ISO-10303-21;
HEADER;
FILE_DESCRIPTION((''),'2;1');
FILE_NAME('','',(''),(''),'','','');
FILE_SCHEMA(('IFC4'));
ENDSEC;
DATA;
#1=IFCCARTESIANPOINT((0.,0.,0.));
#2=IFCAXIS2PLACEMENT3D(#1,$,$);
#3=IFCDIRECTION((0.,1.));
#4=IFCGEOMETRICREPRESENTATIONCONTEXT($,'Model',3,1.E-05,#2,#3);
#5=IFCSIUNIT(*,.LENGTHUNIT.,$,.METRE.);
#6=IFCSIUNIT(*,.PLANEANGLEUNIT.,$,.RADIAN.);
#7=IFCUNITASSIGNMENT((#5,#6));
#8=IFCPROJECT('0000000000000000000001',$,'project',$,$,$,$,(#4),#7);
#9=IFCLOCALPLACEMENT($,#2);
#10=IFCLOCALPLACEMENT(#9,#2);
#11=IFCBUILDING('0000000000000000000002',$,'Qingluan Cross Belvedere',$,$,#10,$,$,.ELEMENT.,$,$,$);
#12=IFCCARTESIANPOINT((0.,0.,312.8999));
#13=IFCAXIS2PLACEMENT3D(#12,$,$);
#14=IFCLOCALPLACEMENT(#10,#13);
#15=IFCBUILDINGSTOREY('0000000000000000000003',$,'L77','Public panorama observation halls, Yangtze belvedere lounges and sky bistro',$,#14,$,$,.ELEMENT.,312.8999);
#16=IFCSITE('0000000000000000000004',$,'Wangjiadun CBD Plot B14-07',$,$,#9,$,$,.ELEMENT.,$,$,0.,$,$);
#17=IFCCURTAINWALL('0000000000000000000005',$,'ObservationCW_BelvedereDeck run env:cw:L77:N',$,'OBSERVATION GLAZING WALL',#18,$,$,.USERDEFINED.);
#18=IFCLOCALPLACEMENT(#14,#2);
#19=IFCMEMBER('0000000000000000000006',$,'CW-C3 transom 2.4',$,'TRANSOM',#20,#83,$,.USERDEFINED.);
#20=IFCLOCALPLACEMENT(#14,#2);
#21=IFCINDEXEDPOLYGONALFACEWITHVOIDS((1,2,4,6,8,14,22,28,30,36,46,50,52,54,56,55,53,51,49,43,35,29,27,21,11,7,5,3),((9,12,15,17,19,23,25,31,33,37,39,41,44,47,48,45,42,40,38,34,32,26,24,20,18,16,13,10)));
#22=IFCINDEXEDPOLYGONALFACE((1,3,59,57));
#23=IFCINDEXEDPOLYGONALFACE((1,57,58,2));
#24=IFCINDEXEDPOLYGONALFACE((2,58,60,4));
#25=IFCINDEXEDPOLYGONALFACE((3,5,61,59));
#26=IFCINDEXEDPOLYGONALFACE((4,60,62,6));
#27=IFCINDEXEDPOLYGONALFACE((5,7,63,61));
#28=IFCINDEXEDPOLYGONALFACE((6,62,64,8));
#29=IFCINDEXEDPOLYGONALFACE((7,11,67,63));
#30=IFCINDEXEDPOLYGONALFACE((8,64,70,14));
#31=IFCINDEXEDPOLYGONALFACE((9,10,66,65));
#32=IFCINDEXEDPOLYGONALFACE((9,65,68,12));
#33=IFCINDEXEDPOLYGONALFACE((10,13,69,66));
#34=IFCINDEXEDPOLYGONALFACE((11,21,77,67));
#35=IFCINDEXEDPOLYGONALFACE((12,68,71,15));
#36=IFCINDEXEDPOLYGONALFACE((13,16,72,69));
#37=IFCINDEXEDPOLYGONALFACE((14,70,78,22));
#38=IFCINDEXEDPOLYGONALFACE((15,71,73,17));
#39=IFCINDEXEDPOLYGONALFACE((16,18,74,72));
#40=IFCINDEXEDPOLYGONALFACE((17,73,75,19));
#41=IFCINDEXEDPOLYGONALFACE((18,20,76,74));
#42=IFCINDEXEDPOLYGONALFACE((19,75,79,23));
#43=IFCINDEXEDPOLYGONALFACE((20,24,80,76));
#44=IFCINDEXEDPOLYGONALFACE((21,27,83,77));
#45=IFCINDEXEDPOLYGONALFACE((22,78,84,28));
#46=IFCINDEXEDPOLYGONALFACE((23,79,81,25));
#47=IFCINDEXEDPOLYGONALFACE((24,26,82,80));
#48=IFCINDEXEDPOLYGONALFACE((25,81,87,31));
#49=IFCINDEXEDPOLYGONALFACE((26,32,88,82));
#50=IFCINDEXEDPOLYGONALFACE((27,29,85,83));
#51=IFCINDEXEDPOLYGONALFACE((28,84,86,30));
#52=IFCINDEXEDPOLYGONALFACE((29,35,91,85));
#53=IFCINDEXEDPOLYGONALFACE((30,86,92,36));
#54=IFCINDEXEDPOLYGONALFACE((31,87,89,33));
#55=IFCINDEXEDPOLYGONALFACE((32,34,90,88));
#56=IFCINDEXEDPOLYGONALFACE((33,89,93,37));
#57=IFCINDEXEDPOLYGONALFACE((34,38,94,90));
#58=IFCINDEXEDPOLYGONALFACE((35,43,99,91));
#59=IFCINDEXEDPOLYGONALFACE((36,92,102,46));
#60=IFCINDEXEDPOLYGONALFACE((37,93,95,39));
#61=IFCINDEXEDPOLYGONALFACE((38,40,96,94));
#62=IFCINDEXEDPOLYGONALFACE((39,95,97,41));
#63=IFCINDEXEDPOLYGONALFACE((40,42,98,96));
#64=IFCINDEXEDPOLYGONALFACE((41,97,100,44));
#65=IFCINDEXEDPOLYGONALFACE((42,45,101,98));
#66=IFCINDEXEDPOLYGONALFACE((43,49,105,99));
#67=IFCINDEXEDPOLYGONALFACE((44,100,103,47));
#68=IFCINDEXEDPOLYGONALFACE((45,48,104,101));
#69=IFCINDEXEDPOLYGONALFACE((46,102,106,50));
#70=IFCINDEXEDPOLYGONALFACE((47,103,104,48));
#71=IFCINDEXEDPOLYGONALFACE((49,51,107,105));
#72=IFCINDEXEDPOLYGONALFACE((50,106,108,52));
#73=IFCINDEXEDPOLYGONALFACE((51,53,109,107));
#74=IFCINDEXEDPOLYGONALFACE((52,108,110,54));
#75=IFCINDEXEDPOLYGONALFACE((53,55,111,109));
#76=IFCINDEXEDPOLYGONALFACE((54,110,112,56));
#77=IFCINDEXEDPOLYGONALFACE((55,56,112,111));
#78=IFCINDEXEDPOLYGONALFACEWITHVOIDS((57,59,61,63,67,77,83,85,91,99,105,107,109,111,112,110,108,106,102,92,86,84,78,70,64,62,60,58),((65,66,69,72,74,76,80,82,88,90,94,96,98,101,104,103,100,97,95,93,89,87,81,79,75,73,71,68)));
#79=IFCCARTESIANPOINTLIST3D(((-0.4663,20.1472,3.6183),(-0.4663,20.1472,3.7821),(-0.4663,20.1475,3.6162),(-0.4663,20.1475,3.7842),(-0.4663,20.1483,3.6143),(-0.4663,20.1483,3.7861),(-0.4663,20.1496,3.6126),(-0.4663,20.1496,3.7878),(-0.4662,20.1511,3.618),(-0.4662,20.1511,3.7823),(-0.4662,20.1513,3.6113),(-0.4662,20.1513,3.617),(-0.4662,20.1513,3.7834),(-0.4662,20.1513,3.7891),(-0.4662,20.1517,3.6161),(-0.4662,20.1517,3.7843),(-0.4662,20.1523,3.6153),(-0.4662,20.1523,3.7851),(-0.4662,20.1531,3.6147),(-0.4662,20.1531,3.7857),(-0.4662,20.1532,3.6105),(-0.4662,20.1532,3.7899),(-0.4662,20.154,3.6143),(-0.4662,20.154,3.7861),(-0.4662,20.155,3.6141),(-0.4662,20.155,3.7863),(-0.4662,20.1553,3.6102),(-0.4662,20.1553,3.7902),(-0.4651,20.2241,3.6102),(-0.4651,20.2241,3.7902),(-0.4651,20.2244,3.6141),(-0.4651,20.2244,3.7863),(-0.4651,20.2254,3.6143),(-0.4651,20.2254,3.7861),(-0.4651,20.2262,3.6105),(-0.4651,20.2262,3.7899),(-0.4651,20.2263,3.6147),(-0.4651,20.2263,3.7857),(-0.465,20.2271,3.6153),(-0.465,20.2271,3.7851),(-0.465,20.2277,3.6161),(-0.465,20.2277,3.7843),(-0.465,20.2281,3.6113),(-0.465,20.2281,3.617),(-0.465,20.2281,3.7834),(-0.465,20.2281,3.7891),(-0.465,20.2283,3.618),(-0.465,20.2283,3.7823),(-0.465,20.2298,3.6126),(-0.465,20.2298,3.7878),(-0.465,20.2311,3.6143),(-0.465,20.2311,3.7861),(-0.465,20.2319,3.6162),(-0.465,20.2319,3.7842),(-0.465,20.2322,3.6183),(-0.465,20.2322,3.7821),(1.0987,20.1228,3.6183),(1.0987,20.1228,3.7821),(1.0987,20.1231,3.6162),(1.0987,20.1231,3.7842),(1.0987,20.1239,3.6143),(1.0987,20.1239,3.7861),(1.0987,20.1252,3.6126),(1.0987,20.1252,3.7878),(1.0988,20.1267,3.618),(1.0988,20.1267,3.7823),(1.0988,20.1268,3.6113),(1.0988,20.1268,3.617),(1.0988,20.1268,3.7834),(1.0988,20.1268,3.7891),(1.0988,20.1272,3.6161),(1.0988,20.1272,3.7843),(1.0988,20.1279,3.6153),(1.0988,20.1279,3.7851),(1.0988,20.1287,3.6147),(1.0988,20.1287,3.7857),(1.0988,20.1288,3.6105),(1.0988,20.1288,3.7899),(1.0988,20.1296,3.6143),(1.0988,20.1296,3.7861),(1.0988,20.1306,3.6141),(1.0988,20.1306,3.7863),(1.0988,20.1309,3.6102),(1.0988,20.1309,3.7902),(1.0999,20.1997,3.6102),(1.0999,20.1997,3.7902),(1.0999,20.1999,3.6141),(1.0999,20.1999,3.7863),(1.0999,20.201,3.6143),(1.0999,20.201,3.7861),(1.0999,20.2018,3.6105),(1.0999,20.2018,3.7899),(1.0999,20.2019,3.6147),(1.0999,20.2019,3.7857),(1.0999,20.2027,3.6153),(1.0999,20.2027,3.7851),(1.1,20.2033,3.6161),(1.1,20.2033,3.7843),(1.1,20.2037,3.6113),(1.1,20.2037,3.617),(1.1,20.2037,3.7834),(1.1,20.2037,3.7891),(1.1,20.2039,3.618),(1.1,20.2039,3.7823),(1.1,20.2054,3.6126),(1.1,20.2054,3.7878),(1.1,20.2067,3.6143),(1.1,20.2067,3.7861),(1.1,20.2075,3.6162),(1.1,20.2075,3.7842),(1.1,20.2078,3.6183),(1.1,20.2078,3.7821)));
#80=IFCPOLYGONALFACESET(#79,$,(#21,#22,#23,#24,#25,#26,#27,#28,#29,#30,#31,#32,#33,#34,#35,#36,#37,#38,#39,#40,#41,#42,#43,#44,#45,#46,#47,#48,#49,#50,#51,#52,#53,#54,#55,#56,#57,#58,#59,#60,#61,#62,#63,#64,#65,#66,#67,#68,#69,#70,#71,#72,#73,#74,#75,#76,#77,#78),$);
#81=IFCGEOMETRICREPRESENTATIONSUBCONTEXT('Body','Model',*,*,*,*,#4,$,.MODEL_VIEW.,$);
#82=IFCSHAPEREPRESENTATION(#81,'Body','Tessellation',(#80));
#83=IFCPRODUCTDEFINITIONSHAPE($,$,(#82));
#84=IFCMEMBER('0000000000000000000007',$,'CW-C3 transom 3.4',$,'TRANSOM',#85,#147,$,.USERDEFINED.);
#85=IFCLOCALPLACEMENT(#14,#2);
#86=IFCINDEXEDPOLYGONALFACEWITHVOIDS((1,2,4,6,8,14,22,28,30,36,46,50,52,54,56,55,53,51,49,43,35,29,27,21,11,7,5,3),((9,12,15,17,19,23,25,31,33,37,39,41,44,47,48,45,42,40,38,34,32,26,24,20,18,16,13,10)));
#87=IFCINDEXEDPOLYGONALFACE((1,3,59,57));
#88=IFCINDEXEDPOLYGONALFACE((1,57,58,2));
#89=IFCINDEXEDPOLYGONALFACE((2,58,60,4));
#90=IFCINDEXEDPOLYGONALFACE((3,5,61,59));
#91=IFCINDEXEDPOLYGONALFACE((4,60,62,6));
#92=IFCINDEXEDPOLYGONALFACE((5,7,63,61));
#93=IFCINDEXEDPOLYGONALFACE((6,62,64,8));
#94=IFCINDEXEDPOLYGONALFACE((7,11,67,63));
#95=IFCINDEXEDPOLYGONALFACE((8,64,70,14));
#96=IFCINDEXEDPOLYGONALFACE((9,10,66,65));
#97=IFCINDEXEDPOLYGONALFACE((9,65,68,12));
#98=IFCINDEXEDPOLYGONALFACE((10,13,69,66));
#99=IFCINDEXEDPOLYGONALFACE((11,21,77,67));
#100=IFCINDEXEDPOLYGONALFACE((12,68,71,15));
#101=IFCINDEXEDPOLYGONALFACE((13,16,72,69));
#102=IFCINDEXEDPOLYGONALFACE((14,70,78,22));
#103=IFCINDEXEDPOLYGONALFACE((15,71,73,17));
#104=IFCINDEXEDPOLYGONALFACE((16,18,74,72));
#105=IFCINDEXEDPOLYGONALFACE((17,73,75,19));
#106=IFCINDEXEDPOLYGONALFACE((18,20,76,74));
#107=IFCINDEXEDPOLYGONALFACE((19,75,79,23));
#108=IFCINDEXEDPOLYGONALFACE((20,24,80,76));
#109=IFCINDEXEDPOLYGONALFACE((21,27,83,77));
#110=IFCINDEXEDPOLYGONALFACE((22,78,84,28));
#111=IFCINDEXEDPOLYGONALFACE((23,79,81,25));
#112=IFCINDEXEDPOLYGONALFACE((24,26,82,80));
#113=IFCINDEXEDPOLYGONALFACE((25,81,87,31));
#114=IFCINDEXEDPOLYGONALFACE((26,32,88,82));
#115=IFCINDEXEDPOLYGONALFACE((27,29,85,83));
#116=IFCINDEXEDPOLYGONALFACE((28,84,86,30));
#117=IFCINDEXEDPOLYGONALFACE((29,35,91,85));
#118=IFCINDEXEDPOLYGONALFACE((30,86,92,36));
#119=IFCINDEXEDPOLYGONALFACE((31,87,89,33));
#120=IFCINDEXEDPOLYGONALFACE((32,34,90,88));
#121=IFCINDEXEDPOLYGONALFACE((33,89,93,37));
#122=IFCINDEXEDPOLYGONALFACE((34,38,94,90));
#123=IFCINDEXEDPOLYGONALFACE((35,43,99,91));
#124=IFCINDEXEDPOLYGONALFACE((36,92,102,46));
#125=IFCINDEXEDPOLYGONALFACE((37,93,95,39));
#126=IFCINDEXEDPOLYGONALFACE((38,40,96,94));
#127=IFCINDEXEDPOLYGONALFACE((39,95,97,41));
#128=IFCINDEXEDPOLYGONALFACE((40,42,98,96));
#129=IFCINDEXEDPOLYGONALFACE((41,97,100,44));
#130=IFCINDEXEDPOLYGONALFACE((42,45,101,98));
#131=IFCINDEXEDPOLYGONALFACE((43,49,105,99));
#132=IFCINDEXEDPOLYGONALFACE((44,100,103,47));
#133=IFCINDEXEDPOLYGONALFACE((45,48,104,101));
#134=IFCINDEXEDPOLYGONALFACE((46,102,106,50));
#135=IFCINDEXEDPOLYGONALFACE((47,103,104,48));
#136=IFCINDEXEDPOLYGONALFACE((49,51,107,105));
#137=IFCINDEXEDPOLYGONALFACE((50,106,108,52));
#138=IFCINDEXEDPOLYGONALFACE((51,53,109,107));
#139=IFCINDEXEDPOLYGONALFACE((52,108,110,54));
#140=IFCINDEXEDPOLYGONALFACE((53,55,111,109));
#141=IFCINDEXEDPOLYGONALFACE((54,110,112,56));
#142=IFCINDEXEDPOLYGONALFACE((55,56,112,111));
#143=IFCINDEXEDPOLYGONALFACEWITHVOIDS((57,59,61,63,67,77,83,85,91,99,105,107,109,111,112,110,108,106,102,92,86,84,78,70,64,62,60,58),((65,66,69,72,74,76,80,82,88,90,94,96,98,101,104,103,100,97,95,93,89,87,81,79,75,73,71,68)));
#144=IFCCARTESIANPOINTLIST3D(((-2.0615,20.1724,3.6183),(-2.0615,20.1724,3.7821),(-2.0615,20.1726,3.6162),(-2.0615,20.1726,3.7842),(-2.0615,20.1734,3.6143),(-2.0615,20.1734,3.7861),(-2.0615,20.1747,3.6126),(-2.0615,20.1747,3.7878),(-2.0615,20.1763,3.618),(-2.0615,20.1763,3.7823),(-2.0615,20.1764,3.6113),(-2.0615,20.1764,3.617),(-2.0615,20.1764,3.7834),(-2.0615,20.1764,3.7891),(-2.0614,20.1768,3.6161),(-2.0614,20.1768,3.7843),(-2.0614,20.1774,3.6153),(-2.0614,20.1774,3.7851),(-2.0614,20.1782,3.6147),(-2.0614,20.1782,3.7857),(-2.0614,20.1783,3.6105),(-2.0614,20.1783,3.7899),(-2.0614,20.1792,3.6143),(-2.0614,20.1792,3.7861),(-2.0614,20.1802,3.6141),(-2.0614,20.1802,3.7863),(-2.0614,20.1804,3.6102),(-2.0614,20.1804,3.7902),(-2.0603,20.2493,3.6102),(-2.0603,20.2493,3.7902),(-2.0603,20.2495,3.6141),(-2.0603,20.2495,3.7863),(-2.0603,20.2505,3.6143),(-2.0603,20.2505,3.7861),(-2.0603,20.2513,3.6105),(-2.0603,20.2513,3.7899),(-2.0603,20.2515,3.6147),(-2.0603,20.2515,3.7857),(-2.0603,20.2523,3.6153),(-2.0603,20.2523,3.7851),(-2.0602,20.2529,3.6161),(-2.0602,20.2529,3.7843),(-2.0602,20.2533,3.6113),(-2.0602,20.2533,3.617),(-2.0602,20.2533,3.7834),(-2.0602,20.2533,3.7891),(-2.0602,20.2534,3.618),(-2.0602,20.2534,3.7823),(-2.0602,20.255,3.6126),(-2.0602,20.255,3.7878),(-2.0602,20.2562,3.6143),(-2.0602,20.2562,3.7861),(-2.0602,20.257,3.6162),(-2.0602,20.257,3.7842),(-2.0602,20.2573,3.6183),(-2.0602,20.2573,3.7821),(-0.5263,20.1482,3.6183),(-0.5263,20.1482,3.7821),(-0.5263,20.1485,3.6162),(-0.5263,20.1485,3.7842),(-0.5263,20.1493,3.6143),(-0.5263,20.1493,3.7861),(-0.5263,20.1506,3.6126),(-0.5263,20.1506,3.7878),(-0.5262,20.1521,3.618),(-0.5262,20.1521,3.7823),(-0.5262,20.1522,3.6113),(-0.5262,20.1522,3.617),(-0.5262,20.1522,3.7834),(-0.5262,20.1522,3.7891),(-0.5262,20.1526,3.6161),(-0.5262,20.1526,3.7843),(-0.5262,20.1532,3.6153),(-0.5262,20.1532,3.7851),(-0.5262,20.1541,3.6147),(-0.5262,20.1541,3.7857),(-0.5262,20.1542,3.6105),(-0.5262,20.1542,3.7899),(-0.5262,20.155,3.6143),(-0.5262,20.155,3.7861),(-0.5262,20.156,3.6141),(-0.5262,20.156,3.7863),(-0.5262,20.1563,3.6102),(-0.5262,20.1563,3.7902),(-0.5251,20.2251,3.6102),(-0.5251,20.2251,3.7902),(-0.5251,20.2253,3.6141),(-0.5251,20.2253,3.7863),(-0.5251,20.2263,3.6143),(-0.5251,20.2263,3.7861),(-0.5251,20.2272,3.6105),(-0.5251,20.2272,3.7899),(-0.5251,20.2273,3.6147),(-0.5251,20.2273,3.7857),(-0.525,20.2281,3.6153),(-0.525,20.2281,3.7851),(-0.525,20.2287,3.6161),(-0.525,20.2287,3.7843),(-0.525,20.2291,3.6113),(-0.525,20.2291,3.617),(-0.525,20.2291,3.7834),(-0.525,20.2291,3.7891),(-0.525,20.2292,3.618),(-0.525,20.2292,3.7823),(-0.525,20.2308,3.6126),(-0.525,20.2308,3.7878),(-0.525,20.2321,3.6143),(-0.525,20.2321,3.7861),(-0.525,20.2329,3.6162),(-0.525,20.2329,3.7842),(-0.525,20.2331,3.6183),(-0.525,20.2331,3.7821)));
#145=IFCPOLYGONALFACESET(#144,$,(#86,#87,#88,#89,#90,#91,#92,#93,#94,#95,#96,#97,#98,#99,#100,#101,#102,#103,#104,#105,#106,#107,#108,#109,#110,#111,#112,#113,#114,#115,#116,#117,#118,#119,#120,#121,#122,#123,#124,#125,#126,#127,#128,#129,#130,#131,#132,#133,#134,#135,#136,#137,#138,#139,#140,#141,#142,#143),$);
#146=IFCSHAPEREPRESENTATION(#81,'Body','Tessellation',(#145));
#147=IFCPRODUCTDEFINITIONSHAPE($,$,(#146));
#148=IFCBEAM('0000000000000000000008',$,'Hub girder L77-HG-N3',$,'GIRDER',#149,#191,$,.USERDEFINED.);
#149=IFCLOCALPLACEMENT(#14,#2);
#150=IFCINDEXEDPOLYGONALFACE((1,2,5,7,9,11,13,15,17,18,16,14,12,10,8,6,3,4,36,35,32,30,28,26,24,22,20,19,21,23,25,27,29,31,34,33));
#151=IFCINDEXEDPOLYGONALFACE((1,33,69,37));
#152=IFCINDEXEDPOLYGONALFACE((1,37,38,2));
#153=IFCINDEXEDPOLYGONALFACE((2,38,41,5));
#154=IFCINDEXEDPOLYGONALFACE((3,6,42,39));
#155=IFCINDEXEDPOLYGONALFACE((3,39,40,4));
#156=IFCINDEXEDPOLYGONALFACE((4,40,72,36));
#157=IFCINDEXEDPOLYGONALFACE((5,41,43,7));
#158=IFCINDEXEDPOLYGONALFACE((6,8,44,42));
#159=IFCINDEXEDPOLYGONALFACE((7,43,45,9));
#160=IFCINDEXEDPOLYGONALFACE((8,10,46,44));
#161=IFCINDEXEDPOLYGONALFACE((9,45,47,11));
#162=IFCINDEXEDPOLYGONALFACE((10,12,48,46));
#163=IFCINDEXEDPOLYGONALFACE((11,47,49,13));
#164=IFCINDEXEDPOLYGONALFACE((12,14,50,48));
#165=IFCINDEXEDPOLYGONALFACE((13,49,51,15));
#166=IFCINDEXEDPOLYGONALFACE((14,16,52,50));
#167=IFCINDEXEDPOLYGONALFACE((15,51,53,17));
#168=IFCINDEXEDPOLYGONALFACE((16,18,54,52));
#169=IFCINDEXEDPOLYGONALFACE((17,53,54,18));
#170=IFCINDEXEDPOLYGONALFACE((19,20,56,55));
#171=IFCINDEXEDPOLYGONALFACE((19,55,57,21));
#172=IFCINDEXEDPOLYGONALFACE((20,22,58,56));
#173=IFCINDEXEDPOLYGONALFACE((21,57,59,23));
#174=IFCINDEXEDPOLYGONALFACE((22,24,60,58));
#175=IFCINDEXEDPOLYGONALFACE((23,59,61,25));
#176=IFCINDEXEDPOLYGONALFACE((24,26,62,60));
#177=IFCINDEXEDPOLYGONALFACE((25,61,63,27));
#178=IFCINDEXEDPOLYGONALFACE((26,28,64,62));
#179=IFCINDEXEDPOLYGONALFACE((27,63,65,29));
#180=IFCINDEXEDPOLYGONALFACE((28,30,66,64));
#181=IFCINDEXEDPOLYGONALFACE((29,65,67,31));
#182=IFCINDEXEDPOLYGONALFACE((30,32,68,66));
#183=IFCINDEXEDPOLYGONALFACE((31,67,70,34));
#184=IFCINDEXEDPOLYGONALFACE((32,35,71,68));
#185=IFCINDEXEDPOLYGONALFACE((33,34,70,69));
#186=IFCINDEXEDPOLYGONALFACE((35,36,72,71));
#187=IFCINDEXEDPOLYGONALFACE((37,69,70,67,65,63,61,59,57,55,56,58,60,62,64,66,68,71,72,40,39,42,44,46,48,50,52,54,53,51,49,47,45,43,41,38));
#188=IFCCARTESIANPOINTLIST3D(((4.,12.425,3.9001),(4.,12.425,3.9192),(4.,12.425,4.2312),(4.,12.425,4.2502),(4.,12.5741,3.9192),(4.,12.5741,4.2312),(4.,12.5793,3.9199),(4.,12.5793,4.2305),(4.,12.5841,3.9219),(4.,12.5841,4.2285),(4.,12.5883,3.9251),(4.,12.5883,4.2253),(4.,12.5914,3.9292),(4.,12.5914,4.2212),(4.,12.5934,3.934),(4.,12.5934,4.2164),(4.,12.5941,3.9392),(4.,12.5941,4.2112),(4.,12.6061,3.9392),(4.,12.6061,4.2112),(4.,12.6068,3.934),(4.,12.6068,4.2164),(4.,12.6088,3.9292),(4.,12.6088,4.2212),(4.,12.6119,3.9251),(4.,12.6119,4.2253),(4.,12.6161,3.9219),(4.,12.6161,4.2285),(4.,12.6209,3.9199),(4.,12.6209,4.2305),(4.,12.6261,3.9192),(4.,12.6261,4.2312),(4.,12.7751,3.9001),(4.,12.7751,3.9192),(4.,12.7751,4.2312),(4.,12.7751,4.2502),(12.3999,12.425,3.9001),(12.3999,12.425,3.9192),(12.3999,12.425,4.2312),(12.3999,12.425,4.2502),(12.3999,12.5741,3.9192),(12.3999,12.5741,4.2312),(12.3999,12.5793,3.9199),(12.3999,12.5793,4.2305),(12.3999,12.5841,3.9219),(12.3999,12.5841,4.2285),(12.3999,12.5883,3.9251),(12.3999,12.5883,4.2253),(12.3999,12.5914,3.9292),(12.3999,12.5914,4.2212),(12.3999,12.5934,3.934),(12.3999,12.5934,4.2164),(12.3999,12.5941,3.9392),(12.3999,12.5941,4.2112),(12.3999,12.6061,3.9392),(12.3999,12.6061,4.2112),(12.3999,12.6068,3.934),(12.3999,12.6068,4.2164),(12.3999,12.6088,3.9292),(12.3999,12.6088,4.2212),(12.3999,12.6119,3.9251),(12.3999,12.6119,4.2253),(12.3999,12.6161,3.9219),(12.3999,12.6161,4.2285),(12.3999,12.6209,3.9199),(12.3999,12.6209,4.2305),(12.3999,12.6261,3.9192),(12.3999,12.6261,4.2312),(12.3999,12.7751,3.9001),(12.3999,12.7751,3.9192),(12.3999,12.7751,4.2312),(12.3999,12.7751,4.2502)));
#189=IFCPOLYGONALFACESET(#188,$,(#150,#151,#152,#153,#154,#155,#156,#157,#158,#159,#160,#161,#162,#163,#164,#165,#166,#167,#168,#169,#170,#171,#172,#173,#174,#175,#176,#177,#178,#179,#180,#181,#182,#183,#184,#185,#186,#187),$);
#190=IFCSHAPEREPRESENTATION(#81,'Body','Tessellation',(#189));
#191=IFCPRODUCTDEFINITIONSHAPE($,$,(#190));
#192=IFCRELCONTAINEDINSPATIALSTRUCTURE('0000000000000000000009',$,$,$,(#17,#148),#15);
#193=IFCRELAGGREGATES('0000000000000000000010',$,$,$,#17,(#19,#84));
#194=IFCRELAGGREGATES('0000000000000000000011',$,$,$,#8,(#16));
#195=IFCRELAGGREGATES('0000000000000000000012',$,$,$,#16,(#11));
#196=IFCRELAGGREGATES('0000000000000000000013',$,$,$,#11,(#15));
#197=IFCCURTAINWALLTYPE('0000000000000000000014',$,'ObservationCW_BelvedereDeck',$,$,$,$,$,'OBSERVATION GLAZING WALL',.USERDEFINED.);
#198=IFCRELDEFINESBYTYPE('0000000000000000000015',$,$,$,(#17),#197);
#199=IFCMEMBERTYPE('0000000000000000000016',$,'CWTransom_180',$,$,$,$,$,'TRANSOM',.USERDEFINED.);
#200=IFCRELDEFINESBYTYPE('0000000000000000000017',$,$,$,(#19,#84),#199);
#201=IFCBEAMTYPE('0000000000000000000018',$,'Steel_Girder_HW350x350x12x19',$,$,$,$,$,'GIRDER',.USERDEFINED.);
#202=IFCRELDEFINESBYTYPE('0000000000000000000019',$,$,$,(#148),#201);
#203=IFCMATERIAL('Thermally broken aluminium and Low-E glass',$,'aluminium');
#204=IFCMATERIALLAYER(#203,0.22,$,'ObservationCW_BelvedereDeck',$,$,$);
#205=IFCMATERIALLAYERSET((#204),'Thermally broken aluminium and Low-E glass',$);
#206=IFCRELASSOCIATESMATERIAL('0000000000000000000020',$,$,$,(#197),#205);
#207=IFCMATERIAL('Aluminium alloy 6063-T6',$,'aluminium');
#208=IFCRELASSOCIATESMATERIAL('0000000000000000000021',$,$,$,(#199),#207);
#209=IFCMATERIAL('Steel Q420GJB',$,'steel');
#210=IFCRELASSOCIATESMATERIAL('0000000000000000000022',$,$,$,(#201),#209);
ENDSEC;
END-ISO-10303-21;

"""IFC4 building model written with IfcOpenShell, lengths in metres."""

from ifc_helpers import new_model, si_unit, direction, frame, origin, origin_2d, place, context, subcontext, project, spatial, hollow_rectangle, i_section, extrude, material, layer, layer_set, material_profile, profile_set, type_object, element, aggregate, save


model = new_model("IFC4")

# Units and contexts
model_context = context("Model", 3, precision=1e-05, world=origin(), true_north=direction((0.0, 1.0)))
body_context = subcontext(model_context, "Body", "Model", "MODEL_VIEW")
ifc_project = project(units=[si_unit("LENGTHUNIT", "METRE"), si_unit("PLANEANGLEUNIT", "RADIAN")], contexts=[model_context])

# Site, building, storey
site_placement = place(None, origin())
site = spatial("IfcSite", under=ifc_project, at=site_placement, Name="Wangjiadun CBD Plot B14-07", CompositionType="ELEMENT", RefElevation=0.0)
building_placement = place(site_placement, origin())
building = spatial("IfcBuilding", under=site, at=building_placement, Name="Qingluan Cross Belvedere", CompositionType="ELEMENT")
storey_placement = place(building_placement, frame((0.0, 0.0, 312.8999)))
storey = spatial("IfcBuildingStorey", under=building, at=storey_placement, Name="L77", Description="Public panorama observation halls, Yangtze belvedere lounges and sky bistro", CompositionType="ELEMENT", Elevation=312.8999)

# Curtain wall, members
ifc_material_1 = material(Name="Thermally broken aluminium and Low-E glass", Category="aluminium")
ifc_layer_1 = layer(ifc_material_1, 0.22, Name="ObservationCW_BelvedereDeck")
ifc_layer_set_1 = layer_set([ifc_layer_1], Name="Thermally broken aluminium and Low-E glass")
curtain_wall_type = type_object("IfcCurtainWallType", Name="ObservationCW_BelvedereDeck", ElementType="OBSERVATION GLAZING WALL", PredefinedType="USERDEFINED", material=ifc_layer_set_1)
curtain_wall_placement = place(storey_placement, origin())
curtain_wall = element("IfcCurtainWall", 1, at=curtain_wall_placement, inside=storey, type_object=curtain_wall_type, Name="ObservationCW_BelvedereDeck run env:cw:L77:N", ObjectType="OBSERVATION GLAZING WALL", PredefinedType="USERDEFINED")
ifc_material_2 = material(Name="Aluminium alloy 6063-T6", Category="aluminium")
ifc_material_profile_1 = material_profile(ifc_material_2, hollow_rectangle(XDim=0.085, YDim=0.1799, WallThickness=0.0039, InnerFilletRadius=0.0039, OuterFilletRadius=0.0081, at=origin_2d()), Name="CWT180x85x4")
ifc_profile_set_1 = profile_set([ifc_material_profile_1], Name="Aluminium alloy 6063-T6")
member_type_1 = type_object("IfcMemberType", Name="CWTransom_180", ElementType="TRANSOM", PredefinedType="USERDEFINED", material=ifc_profile_set_1)
member_1_placement = place(storey_placement, frame((1.0994, 20.1653, 3.7002), z_axis=(-0.999878, 0.015599, 0.0), x_axis=(-0.015599, -0.999878, 0.0)))
member_1 = element("IfcMember", 2, at=member_1_placement, type_object=member_type_1, Name="CW-C3 transom 2.4", ObjectType="TRANSOM", PredefinedType="USERDEFINED", context=body_context, shape_type="SweptSolid", body=[
    extrude(hollow_rectangle(XDim=0.085, YDim=0.1799, WallThickness=0.0039, InnerFilletRadius=0.0039, OuterFilletRadius=0.0081, at=origin_2d()), origin(), (0.0, 0.0, 1.0), 1.5652),
])
member_2_placement = place(storey_placement, frame((-0.5256, 20.1907, 3.7002), z_axis=(-0.999876, 0.015742, 0.0), x_axis=(-0.015742, -0.999876, 0.0)))
member_2 = element("IfcMember", 3, at=member_2_placement, type_object=member_type_1, Name="CW-C3 transom 3.4", ObjectType="TRANSOM", PredefinedType="USERDEFINED", context=body_context, shape_type="SweptSolid", body=[
    extrude(hollow_rectangle(XDim=0.085, YDim=0.1799, WallThickness=0.0039, InnerFilletRadius=0.0039, OuterFilletRadius=0.0081, at=origin_2d()), origin(), (0.0, 0.0, 1.0), 1.5354),
])

# Beam
ifc_material_3 = material(Name="Steel Q420GJB", Category="steel")
ifc_material_profile_2 = material_profile(ifc_material_3, i_section(OverallWidth=0.3501, OverallDepth=0.3501, WebThickness=0.012, FlangeThickness=0.019, FilletRadius=0.02, at=origin_2d()), Name="HW350x350x12x19")
ifc_profile_set_2 = profile_set([ifc_material_profile_2], Name="Steel Q420GJB")
beam_type = type_object("IfcBeamType", Name="Steel_Girder_HW350x350x12x19", ElementType="GIRDER", PredefinedType="USERDEFINED", material=ifc_profile_set_2)
beam_placement = place(storey_placement, frame((4.0, 12.6001, 4.0752), z_axis=(1.0, 0.0, 0.0), x_axis=(0.0, 1.0, 0.0)))
element("IfcBeam", 4, at=beam_placement, inside=storey, type_object=beam_type, Name="Hub girder L77-HG-N3", ObjectType="GIRDER", PredefinedType="USERDEFINED", context=body_context, shape_type="SweptSolid", body=[
    extrude(i_section(OverallWidth=0.3501, OverallDepth=0.3501, WebThickness=0.012, FlangeThickness=0.019, FilletRadius=0.02, at=origin_2d()), origin(), (0.0, 0.0, 1.0), 8.3999),
])

aggregate(curtain_wall, [member_1, member_2])

save(model, "model.ifc")
